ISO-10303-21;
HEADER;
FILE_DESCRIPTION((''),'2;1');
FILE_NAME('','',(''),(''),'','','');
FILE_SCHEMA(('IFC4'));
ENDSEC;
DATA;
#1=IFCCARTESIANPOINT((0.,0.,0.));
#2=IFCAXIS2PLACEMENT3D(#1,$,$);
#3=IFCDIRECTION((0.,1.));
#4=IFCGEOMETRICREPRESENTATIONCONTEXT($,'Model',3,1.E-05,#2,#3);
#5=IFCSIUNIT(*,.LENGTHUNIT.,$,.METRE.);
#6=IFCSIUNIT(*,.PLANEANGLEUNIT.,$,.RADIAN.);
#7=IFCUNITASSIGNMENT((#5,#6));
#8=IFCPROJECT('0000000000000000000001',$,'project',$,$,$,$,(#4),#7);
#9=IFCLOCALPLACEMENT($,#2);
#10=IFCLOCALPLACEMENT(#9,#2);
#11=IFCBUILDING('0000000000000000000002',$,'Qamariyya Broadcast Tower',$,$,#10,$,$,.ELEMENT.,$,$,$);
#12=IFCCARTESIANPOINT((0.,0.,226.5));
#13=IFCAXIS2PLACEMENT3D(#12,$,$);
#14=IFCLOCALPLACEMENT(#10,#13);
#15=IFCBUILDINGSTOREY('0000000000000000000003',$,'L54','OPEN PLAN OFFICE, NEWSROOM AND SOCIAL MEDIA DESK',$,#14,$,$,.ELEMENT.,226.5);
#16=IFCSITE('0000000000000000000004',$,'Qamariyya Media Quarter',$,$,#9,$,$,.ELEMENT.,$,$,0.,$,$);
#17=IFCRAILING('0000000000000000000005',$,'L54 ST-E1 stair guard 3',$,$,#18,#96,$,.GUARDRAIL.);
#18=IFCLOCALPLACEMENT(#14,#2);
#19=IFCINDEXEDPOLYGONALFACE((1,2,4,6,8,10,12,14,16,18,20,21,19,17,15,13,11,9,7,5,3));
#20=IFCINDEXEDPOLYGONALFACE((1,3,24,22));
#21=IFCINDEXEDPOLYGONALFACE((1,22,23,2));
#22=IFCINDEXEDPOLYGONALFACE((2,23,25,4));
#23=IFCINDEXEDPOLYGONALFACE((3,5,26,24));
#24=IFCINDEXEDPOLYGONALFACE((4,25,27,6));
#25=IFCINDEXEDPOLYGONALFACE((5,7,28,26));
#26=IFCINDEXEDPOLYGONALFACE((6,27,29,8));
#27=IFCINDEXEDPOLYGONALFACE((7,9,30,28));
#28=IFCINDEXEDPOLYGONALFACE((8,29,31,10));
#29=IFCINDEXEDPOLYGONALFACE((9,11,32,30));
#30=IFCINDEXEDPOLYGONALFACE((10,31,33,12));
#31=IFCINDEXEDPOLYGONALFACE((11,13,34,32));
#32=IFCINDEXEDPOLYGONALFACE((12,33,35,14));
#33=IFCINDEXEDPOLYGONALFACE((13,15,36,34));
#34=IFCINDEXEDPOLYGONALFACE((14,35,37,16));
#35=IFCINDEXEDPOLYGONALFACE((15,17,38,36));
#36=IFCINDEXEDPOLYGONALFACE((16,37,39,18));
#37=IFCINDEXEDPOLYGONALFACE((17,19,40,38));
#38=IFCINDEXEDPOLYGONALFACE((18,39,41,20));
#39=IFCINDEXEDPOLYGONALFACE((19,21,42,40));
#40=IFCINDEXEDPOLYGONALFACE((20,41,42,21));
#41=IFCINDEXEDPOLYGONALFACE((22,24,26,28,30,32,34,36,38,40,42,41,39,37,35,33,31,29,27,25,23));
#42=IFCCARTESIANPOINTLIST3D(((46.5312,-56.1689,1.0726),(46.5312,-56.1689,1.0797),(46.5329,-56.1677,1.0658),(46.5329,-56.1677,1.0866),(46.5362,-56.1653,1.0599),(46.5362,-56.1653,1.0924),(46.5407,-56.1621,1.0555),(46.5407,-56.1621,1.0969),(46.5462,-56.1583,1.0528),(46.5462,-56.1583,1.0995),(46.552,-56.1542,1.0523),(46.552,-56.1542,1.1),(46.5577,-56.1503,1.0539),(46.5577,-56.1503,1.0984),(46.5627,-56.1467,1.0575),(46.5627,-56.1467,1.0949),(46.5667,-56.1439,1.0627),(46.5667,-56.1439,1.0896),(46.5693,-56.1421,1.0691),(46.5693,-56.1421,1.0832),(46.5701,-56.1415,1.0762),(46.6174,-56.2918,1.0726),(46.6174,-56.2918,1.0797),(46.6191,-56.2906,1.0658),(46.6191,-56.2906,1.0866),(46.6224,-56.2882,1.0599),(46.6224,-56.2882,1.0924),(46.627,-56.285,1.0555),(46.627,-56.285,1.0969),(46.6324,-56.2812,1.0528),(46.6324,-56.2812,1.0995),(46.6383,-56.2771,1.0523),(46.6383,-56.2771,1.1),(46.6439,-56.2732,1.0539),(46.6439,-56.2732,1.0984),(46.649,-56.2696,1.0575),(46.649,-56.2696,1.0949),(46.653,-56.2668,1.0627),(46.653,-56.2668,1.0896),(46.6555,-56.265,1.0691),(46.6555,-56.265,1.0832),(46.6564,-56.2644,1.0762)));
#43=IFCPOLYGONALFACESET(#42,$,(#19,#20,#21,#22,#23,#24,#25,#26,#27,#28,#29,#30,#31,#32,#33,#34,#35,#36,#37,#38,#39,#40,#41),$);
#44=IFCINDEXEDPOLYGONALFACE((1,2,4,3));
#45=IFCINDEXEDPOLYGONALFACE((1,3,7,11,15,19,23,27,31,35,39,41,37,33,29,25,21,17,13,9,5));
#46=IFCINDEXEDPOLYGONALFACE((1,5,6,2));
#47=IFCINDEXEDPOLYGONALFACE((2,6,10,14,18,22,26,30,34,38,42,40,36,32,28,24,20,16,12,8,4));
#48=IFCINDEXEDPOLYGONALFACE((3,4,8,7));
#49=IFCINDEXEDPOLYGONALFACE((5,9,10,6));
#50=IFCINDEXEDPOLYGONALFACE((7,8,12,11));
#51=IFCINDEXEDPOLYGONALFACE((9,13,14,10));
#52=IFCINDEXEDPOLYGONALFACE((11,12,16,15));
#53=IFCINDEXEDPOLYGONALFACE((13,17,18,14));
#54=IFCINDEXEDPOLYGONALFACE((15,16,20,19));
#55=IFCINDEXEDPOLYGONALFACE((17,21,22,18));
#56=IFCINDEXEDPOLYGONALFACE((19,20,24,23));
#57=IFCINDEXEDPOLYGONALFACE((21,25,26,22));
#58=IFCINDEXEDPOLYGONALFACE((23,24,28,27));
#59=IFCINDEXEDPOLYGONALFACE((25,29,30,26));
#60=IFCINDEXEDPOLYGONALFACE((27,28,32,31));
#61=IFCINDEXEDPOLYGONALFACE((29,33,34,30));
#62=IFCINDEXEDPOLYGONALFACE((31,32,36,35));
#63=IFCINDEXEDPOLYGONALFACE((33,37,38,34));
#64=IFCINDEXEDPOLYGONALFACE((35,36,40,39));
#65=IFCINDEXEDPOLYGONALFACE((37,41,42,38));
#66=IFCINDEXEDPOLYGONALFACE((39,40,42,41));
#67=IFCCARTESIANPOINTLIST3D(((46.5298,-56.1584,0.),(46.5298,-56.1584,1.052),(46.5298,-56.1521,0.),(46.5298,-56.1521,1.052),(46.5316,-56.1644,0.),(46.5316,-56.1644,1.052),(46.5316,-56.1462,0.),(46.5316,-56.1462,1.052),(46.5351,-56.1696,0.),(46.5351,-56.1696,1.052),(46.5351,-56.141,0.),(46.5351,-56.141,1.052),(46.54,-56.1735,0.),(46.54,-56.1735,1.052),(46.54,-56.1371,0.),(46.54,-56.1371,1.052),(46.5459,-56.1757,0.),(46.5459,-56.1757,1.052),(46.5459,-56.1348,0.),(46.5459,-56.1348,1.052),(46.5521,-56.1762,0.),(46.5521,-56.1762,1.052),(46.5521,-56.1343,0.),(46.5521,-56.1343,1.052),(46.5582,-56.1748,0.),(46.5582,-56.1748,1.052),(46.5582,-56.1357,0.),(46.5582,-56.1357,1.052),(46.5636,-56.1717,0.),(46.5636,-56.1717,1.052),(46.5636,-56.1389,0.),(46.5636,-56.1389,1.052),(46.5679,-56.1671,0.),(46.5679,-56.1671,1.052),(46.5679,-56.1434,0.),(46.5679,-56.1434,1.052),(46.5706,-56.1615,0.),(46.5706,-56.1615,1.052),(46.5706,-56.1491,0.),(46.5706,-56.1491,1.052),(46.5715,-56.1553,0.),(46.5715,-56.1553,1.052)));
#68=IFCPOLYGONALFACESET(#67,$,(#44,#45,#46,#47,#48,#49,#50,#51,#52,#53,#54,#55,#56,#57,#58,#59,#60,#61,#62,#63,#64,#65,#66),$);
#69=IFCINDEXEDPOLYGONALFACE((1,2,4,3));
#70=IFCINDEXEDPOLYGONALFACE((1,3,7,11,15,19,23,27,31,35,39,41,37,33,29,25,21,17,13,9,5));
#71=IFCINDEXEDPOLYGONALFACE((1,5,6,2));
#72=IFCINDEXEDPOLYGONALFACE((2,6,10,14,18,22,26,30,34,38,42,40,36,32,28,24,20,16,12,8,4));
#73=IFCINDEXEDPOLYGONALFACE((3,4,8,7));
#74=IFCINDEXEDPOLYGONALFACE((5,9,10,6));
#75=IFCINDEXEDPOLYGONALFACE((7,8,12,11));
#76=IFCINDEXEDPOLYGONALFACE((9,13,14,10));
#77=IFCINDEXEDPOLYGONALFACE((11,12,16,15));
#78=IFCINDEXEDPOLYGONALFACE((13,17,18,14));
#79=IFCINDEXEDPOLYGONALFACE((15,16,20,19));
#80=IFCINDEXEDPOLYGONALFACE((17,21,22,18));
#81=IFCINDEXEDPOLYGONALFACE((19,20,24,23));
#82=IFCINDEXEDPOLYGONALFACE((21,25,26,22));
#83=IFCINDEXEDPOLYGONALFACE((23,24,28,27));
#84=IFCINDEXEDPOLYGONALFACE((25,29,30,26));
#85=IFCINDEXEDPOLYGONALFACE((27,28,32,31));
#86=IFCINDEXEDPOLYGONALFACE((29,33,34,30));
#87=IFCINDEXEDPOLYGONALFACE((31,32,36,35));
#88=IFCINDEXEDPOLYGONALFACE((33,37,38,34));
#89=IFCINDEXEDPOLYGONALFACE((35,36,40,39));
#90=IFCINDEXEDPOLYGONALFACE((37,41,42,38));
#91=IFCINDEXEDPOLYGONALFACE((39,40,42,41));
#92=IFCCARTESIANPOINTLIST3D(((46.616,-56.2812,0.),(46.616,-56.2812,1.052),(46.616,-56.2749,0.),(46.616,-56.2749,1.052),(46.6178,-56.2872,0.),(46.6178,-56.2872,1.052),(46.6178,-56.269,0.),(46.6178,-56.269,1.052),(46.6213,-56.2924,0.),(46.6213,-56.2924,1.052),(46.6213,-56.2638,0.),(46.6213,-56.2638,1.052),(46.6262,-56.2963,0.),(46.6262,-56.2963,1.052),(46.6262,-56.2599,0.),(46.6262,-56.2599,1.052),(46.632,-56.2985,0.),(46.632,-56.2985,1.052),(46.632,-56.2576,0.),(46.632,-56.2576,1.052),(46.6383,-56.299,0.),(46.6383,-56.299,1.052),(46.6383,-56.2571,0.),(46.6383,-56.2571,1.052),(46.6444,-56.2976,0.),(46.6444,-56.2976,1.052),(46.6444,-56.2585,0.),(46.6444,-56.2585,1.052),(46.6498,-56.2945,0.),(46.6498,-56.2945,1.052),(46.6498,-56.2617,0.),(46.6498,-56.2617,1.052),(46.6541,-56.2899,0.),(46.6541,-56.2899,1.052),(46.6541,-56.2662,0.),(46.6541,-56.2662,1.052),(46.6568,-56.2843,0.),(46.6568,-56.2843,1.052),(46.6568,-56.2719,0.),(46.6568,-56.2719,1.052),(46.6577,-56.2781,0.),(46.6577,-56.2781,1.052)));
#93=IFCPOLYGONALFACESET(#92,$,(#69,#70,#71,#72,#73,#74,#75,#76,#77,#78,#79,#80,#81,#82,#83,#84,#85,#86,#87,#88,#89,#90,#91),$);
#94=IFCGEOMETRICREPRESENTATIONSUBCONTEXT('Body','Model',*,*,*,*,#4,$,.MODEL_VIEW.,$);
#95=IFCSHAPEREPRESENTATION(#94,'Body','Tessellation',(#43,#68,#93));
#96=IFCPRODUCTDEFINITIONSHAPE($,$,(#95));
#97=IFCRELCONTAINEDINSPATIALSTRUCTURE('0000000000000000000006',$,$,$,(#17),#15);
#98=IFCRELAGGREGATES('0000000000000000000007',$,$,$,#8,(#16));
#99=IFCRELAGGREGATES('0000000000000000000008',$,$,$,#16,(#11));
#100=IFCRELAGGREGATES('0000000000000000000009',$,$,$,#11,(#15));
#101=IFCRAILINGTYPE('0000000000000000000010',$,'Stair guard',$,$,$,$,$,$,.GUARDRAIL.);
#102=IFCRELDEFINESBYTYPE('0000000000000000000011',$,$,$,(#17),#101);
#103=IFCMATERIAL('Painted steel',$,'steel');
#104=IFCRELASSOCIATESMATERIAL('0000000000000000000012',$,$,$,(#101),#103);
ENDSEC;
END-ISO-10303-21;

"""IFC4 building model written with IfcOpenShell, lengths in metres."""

from ifc_helpers import new_model, si_unit, direction, frame, origin, origin_2d, place, context, subcontext, project, spatial, circle, extrude, material, type_object, element, save


model = new_model("IFC4")

# Units and contexts
model_context = context("Model", 3, precision=1e-05, world=origin(), true_north=direction((0.0, 1.0)))
body_context = subcontext(model_context, "Body", "Model", "MODEL_VIEW")
ifc_project = project(units=[si_unit("LENGTHUNIT", "METRE"), si_unit("PLANEANGLEUNIT", "RADIAN")], contexts=[model_context])

# Site, building, storey
site_placement = place(None, origin())
site = spatial("IfcSite", under=ifc_project, at=site_placement, Name="Qamariyya Media Quarter", CompositionType="ELEMENT", RefElevation=0.0)
building_placement = place(site_placement, origin())
building = spatial("IfcBuilding", under=site, at=building_placement, Name="Qamariyya Broadcast Tower", CompositionType="ELEMENT")
storey_placement = place(building_placement, frame((0.0, 0.0, 226.5)))
storey = spatial("IfcBuildingStorey", under=building, at=storey_placement, Name="L54", Description="OPEN PLAN OFFICE, NEWSROOM AND SOCIAL MEDIA DESK", CompositionType="ELEMENT", Elevation=226.5)

# Railing
ifc_material_1 = material(Name="Painted steel", Category="steel")
railing_type_1 = type_object("IfcRailingType", Name="Stair guard", PredefinedType="GUARDRAIL", material=ifc_material_1)
railing_1_placement = place(storey_placement, frame((46.5505, -56.1553, 0.0)))
element("IfcRailing", 1, at=railing_1_placement, inside=storey, type_object=railing_type_1, Name="L54 ST-E1 stair guard 3", PredefinedType="GUARDRAIL", context=body_context, shape_type="SweptSolid", body=[
    extrude(circle(Radius=0.0239, at=origin_2d()), frame((0.0, 0.0, 1.0762), z_axis=(0.574445, -0.818543, 0.0), x_axis=(0.818543, 0.574445, 0.0)), (0.0, 0.0, 1.0), 0.1501),
    extrude(circle(Radius=0.021, at=origin_2d()), origin(), (0.0, 0.0, 1.0), 1.052),
    extrude(circle(Radius=0.021, at=origin_2d()), frame((0.0862, -0.1228, 0.0)), (0.0, 0.0, 1.0), 1.052),
])

save(model, "model.ifc")
